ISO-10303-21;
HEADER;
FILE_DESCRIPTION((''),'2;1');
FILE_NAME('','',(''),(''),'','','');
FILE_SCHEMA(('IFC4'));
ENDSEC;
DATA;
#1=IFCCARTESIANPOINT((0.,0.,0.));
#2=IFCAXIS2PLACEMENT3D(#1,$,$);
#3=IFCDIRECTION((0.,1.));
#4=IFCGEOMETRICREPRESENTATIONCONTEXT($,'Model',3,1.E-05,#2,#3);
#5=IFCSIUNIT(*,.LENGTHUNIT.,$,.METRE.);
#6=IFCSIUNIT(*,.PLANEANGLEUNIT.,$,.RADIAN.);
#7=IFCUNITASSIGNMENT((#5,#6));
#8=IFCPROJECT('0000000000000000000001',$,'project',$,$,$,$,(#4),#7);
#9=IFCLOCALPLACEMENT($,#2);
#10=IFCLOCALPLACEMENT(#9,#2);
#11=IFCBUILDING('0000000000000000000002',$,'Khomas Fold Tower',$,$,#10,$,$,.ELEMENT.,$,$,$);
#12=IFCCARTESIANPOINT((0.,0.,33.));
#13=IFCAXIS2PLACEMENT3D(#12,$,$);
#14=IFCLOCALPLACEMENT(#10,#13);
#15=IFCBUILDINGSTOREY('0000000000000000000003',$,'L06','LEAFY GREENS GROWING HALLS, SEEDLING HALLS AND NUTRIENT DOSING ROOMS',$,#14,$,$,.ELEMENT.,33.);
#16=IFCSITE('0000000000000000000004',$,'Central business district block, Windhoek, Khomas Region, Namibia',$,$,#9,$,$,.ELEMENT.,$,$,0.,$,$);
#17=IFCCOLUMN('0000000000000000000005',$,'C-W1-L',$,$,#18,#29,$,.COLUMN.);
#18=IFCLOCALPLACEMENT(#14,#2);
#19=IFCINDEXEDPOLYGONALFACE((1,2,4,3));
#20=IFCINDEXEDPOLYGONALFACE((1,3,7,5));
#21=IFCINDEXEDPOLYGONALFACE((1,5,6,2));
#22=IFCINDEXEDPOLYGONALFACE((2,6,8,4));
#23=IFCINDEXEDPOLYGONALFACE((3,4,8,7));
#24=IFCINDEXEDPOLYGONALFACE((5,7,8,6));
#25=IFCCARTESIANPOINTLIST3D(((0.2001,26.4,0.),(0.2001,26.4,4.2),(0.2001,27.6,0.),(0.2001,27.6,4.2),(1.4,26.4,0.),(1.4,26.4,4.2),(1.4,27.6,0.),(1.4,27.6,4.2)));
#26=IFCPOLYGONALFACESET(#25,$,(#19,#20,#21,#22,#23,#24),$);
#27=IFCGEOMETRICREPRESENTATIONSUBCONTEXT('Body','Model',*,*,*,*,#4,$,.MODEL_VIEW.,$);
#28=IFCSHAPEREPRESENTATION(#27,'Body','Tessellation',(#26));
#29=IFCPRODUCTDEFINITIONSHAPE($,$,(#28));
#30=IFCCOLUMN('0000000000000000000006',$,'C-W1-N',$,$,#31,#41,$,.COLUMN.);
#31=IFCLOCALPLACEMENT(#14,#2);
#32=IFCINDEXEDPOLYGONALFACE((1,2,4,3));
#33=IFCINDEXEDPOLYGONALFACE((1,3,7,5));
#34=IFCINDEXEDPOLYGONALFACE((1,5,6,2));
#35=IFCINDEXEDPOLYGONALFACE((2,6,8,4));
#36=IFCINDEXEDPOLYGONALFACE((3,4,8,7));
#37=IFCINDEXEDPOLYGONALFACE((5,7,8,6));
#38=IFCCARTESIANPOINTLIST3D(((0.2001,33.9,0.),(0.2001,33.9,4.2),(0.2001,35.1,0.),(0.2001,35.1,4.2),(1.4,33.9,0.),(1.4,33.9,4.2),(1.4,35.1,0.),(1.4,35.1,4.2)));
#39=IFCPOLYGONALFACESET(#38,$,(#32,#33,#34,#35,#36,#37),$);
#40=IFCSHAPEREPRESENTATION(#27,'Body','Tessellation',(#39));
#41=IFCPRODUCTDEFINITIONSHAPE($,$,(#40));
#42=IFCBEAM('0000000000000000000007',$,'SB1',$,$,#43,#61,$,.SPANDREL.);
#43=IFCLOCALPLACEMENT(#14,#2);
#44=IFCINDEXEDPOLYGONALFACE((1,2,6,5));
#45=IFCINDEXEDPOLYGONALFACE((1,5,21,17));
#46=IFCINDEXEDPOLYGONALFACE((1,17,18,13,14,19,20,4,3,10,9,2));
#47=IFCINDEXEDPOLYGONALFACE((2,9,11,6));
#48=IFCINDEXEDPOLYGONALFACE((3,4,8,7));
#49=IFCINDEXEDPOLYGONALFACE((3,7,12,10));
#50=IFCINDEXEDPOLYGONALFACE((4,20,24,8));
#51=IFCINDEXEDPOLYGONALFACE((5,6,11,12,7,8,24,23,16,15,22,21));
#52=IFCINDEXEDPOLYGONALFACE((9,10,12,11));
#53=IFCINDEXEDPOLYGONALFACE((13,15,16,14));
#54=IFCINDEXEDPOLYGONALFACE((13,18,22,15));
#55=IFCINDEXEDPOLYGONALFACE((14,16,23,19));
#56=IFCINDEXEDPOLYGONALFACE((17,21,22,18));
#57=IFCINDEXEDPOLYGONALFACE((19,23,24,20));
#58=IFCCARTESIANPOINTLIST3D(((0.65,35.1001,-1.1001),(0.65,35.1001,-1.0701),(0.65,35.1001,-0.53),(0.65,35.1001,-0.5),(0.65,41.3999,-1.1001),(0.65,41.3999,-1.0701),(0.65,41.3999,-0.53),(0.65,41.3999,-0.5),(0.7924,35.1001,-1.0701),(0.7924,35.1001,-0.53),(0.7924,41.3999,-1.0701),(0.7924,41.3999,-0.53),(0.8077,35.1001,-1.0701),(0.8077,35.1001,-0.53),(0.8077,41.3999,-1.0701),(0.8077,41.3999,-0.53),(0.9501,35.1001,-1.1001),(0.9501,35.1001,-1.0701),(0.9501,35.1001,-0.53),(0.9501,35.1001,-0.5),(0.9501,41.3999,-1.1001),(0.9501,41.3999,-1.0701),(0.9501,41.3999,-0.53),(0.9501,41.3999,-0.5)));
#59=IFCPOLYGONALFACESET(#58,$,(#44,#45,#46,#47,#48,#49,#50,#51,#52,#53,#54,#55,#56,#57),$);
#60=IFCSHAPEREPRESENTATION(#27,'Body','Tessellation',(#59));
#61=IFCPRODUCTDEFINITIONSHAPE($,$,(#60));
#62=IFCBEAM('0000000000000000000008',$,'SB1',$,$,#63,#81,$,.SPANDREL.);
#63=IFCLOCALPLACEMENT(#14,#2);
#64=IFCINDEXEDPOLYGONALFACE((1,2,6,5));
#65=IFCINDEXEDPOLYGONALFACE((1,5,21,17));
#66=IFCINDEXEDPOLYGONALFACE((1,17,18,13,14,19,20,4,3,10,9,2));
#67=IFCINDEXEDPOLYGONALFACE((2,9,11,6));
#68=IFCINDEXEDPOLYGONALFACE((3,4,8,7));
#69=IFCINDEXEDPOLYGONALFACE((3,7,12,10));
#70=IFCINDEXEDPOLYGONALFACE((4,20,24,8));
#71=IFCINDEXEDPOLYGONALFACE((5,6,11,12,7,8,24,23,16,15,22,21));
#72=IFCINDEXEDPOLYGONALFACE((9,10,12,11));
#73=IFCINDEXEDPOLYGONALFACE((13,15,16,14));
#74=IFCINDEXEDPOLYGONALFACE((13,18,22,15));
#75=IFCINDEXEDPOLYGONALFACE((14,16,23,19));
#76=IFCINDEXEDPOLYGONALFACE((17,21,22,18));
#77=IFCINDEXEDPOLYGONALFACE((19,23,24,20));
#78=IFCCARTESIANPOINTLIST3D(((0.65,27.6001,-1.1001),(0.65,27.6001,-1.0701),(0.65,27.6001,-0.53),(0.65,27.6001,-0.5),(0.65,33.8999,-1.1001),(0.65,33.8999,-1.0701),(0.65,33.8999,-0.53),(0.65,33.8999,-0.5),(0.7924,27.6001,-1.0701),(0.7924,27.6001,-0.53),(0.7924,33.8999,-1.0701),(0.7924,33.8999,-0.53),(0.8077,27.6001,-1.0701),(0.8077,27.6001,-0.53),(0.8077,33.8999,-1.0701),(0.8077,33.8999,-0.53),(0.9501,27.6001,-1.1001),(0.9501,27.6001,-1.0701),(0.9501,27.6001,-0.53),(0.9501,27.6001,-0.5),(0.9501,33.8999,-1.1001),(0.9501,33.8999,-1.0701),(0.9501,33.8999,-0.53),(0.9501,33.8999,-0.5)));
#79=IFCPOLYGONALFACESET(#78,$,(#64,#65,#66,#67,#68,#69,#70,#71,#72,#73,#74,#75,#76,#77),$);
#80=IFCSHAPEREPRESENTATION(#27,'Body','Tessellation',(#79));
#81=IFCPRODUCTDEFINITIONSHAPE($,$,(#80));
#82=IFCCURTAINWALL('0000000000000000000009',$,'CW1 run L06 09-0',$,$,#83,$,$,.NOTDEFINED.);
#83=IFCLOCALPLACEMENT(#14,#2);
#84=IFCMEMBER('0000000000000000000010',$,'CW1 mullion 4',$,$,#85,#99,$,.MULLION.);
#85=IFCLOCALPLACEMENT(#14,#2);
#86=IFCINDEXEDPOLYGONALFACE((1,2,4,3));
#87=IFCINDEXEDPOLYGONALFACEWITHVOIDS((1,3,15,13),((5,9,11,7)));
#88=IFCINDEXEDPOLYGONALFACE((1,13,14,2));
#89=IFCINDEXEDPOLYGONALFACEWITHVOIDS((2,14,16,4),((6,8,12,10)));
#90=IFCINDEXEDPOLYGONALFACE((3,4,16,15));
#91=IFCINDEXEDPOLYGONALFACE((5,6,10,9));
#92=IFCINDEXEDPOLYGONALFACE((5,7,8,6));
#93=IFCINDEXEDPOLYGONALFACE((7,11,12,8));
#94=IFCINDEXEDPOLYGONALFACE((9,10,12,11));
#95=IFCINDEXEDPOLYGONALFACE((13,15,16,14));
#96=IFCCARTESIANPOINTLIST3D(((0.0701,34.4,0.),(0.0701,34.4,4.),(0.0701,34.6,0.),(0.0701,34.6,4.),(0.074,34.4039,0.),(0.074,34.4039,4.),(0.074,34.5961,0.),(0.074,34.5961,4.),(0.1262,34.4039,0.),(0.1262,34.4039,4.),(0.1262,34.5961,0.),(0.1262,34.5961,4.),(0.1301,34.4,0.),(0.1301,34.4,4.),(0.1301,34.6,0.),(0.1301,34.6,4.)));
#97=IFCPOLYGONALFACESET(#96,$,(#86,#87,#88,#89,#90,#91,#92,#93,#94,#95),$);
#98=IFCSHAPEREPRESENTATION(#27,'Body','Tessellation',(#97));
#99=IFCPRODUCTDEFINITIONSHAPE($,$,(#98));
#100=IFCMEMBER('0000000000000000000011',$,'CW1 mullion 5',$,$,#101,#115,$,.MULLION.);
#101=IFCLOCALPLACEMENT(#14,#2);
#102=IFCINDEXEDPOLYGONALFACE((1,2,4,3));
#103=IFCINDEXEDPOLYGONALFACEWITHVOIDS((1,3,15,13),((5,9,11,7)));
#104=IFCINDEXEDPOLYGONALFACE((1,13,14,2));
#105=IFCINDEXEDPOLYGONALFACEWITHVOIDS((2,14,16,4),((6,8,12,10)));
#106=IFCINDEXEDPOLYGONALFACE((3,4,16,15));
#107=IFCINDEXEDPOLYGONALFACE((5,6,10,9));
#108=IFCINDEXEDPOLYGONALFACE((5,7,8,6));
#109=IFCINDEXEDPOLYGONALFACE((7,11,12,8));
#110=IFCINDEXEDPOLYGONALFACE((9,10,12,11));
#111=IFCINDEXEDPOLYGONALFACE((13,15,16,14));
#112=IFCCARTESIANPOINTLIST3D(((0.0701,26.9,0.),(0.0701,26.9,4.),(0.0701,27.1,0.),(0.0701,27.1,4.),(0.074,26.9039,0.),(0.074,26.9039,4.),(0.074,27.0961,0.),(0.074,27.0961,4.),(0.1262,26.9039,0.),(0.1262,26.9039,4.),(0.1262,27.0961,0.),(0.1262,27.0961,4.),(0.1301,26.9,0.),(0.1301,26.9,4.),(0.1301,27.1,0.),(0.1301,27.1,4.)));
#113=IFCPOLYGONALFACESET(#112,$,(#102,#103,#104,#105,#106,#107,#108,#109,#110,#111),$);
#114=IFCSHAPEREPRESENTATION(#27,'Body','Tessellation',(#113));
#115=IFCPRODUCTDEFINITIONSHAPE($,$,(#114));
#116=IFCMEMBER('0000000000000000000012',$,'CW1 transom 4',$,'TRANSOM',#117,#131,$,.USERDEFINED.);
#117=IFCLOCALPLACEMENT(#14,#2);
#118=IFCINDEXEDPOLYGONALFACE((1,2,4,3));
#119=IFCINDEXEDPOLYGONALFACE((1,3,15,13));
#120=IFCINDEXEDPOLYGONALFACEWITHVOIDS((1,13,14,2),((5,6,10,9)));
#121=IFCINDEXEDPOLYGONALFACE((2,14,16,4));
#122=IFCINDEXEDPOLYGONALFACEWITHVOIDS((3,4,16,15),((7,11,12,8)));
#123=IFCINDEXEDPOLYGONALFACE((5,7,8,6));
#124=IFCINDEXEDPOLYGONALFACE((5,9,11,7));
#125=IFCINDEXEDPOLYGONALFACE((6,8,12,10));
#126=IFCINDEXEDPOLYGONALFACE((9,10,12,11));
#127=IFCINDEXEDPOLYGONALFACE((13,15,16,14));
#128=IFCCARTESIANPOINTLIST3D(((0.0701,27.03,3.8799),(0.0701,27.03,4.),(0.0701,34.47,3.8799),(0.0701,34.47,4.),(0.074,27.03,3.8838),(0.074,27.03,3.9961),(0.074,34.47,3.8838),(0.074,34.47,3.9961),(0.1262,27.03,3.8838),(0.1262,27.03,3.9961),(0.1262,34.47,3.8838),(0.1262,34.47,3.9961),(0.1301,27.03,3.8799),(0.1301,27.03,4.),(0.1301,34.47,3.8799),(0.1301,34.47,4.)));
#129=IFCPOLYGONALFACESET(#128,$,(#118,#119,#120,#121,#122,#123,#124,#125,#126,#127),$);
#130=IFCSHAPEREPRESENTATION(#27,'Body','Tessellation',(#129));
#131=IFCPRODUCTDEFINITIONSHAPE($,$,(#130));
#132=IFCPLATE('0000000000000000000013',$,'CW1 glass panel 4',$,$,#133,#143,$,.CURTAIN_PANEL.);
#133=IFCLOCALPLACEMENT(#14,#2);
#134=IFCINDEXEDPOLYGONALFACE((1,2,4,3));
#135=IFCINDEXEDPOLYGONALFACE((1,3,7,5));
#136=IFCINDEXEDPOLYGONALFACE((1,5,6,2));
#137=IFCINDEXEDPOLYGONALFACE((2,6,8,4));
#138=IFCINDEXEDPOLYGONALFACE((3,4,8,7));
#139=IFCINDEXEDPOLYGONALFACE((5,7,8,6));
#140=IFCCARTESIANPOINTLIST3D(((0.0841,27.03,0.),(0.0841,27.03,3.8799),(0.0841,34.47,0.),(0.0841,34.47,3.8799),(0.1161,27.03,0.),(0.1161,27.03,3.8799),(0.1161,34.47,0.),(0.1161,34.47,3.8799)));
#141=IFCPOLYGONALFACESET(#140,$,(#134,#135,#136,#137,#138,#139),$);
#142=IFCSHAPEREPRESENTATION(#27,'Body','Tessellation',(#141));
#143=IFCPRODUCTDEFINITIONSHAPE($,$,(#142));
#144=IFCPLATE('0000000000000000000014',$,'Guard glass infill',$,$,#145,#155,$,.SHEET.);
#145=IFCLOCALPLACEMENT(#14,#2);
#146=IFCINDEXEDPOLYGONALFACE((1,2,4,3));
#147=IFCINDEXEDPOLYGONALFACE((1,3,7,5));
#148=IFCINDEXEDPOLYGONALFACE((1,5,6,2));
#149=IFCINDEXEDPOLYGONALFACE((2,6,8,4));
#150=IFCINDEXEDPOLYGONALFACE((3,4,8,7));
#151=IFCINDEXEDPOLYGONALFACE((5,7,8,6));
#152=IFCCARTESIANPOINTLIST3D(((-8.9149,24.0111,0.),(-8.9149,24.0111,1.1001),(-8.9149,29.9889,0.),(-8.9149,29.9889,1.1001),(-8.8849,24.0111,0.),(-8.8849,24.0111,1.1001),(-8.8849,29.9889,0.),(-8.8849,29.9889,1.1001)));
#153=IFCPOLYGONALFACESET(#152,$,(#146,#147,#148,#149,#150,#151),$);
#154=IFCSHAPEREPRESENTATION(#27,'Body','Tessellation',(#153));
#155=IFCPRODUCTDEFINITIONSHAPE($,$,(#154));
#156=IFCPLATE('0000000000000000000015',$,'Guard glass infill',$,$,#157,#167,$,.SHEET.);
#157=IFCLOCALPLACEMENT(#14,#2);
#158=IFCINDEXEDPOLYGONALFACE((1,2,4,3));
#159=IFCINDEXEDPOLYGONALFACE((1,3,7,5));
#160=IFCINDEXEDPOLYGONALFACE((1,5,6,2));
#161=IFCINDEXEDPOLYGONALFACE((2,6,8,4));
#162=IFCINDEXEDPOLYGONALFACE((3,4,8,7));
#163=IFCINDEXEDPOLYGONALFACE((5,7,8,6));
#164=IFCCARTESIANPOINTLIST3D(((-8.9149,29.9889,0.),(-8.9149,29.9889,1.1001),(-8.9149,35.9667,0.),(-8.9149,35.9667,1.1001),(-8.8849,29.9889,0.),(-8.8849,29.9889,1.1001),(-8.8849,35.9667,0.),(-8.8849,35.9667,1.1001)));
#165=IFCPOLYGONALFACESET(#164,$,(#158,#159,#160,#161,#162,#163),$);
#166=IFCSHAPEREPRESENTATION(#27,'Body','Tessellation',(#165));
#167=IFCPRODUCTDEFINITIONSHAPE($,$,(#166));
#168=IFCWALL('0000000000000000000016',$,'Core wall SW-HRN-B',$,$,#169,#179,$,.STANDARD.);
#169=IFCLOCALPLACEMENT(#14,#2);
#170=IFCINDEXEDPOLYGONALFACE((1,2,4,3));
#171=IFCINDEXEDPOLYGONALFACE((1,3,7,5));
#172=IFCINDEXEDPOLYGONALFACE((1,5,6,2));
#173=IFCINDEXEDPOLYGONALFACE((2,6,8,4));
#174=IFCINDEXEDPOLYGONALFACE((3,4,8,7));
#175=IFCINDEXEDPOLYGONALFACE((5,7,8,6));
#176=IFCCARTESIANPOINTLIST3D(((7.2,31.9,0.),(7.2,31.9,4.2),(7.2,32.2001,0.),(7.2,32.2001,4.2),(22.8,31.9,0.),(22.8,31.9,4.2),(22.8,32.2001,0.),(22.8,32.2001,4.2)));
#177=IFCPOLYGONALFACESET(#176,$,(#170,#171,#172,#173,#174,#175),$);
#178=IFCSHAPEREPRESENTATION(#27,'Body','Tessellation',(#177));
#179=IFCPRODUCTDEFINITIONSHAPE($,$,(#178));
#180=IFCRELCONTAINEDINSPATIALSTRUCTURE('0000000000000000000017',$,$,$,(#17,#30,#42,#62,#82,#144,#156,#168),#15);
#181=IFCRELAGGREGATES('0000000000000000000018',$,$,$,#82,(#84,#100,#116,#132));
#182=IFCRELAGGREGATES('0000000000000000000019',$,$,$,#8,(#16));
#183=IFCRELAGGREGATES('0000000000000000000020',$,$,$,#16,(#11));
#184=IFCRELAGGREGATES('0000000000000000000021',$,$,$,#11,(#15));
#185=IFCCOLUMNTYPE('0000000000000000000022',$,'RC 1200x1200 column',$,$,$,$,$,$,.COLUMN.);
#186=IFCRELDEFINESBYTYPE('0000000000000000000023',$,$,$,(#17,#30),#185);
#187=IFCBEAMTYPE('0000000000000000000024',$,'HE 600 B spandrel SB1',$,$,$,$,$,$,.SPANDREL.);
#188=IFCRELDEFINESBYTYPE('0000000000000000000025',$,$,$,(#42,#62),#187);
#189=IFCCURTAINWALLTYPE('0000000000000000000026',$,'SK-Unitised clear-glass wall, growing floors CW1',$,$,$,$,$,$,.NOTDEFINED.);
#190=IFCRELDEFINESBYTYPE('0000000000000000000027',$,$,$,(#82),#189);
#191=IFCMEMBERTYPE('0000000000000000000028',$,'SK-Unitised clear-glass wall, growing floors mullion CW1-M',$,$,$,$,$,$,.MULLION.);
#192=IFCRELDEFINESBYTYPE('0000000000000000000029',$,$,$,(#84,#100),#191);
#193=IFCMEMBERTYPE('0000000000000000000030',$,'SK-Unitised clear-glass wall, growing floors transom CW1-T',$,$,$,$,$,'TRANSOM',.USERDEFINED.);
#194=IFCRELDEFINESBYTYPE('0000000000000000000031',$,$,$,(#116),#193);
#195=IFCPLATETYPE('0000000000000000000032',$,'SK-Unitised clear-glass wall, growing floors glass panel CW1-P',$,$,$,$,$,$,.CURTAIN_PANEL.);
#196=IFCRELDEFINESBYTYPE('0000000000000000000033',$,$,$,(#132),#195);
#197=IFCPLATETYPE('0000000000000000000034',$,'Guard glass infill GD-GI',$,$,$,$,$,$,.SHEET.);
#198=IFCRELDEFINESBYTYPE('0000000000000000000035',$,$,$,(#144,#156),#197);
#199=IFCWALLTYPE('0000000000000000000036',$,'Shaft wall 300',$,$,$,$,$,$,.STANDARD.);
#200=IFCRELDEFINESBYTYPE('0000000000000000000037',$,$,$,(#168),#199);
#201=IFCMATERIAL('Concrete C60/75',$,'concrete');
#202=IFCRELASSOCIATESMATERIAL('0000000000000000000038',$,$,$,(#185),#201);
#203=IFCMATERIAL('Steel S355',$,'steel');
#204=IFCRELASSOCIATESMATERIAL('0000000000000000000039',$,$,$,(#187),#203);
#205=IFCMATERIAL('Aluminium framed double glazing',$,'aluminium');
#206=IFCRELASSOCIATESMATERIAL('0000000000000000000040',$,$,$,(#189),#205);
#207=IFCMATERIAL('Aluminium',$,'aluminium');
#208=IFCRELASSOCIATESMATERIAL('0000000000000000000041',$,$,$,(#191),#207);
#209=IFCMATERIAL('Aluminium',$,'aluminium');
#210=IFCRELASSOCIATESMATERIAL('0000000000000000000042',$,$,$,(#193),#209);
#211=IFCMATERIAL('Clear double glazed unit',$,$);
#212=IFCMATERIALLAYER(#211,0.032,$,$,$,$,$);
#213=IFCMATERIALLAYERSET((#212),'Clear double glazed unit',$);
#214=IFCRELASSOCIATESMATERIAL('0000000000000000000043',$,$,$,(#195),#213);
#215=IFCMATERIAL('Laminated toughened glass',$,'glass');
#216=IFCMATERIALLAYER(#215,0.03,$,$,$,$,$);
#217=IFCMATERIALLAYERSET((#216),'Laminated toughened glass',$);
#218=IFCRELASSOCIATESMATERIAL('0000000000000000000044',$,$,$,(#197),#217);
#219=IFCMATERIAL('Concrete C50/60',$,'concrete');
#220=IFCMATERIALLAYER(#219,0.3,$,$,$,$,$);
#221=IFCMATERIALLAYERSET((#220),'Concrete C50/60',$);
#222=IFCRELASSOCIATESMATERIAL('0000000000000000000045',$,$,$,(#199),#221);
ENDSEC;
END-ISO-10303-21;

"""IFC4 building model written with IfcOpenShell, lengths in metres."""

from ifc_helpers import new_model, si_unit, direction, frame, frame_2d, origin, origin_2d, place, context, subcontext, project, spatial, rectangle, hollow_rectangle, i_section, extrude, source, transform, mapped, material, layer, layer_set, material_profile, profile_set, type_object, element, aggregate, save


model = new_model("IFC4")

# Units and contexts
model_context = context("Model", 3, precision=1e-05, world=origin(), true_north=direction((0.0, 1.0)))
body_context = subcontext(model_context, "Body", "Model", "MODEL_VIEW")
ifc_project = project(units=[si_unit("LENGTHUNIT", "METRE"), si_unit("PLANEANGLEUNIT", "RADIAN")], contexts=[model_context])

# Site, building, storey
site_placement = place(None, origin())
site = spatial("IfcSite", under=ifc_project, at=site_placement, Name="Central business district block, Windhoek, Khomas Region, Namibia", CompositionType="ELEMENT", RefElevation=0.0)
building_placement = place(site_placement, origin())
building = spatial("IfcBuilding", under=site, at=building_placement, Name="Khomas Fold Tower", CompositionType="ELEMENT")
storey_placement = place(building_placement, frame((0.0, 0.0, 33.0)))
storey = spatial("IfcBuildingStorey", under=building, at=storey_placement, Name="L06", Description="LEAFY GREENS GROWING HALLS, SEEDLING HALLS AND NUTRIENT DOSING ROOMS", CompositionType="ELEMENT", Elevation=33.0)

# Columns
ifc_material_1 = material(Name="Concrete C60/75", Category="concrete")
ifc_material_profile_1 = material_profile(ifc_material_1, rectangle(XDim=1.2, YDim=1.2, at=origin_2d()), Name="RC 1200x1200")
ifc_profile_set_1 = profile_set([ifc_material_profile_1], Name="Concrete C60/75")
column_type = type_object("IfcColumnType", Name="RC 1200x1200 column", PredefinedType="COLUMN", material=ifc_profile_set_1)
shared_shape_1 = source(origin(), body_context, "Body", "SweptSolid", [
    extrude(rectangle(XDim=1.2, YDim=1.2, at=origin_2d()), origin(), (0.0, 0.0, 1.0), 4.2),
])
for number, where, z_axis, x_axis, name in (
    (1, (0.8, 27.0, 0.0), (0.0, 0.0, 1.0), (1.0, 0.0, 0.0), "C-W1-L"),
    (2, (0.8, 34.5, 0.0), (0.0, 0.0, 1.0), (1.0, 0.0, 0.0), "C-W1-N"),
):
    element("IfcColumn", number, at=place(storey_placement, frame(where, z_axis=z_axis, x_axis=x_axis)), inside=storey, type_object=column_type, Name=name, PredefinedType="COLUMN", context=body_context, shape_type="MappedRepresentation", body=[
        mapped(shared_shape_1, transform((0.0, 0.0, 0.0))),
    ])

# Beams
ifc_material_2 = material(Name="Steel S355", Category="steel")
ifc_material_profile_2 = material_profile(ifc_material_2, i_section(OverallWidth=0.3, OverallDepth=0.6001, WebThickness=0.0154, FlangeThickness=0.03, at=origin_2d()), Name="HE 600 B")
ifc_profile_set_2 = profile_set([ifc_material_profile_2], Name="Steel S355")
beam_type = type_object("IfcBeamType", Name="HE 600 B spandrel SB1", PredefinedType="SPANDREL", material=ifc_profile_set_2)
shared_shape_2 = source(origin(), body_context, "Body", "SweptSolid", [
    extrude(i_section(OverallWidth=0.3, OverallDepth=0.6001, WebThickness=0.0154, FlangeThickness=0.03, at=origin_2d()), origin(), (0.0, 0.0, 1.0), 6.2998),
])
for number, where, z_axis, x_axis, name in (
    (3, (0.8, 35.1001, -0.8), (0.0, 1.0, 0.0), (-1.0, 0.0, 0.0), "SB1"),
    (4, (0.8, 27.6001, -0.8), (0.0, 1.0, 0.0), (-1.0, 0.0, 0.0), "SB1"),
):
    element("IfcBeam", number, at=place(storey_placement, frame(where, z_axis=z_axis, x_axis=x_axis)), inside=storey, type_object=beam_type, Name=name, PredefinedType="SPANDREL", context=body_context, shape_type="MappedRepresentation", body=[
        mapped(shared_shape_2, transform((0.0, 0.0, 0.0))),
    ])

# Curtain wall, members, plate
ifc_material_3 = material(Name="Aluminium framed double glazing", Category="aluminium")
curtain_wall_type = type_object("IfcCurtainWallType", Name="SK-Unitised clear-glass wall, growing floors CW1", PredefinedType="NOTDEFINED", material=ifc_material_3)
curtain_wall_placement = place(storey_placement, origin())
curtain_wall = element("IfcCurtainWall", 5, at=curtain_wall_placement, inside=storey, type_object=curtain_wall_type, Name="CW1 run L06 09-0", PredefinedType="NOTDEFINED")
ifc_material_4 = material(Name="Aluminium", Category="aluminium")
ifc_material_profile_3 = material_profile(ifc_material_4, hollow_rectangle(XDim=0.0601, YDim=0.2, WallThickness=0.0039, at=origin_2d()), Name="SK-Unitised clear-glass wall, growing floors mullion CW1-M")
ifc_profile_set_3 = profile_set([ifc_material_profile_3], Name="Aluminium")
member_type_1 = type_object("IfcMemberType", Name="SK-Unitised clear-glass wall, growing floors mullion CW1-M", PredefinedType="MULLION", material=ifc_profile_set_3)
shared_shape_3 = source(origin(), body_context, "Body", "SweptSolid", [
    extrude(hollow_rectangle(XDim=0.0601, YDim=0.2, WallThickness=0.0039, at=origin_2d()), origin(), (0.0, 0.0, 1.0), 4.0),
])
member_1_placement = place(storey_placement, frame((0.1001, 34.5, 0.0), z_axis=(0.0, 0.0, 1.0), x_axis=(1.0, 0.0, 0.0)))
member_1 = element("IfcMember", 6, at=member_1_placement, type_object=member_type_1, Name="CW1 mullion 4", PredefinedType="MULLION", context=body_context, shape_type="MappedRepresentation", body=[
    mapped(shared_shape_3, transform((0.0, 0.0, 0.0))),
])
member_2_placement = place(storey_placement, frame((0.1001, 27.0, 0.0), z_axis=(0.0, 0.0, 1.0), x_axis=(1.0, 0.0, 0.0)))
member_2 = element("IfcMember", 7, at=member_2_placement, type_object=member_type_1, Name="CW1 mullion 5", PredefinedType="MULLION", context=body_context, shape_type="MappedRepresentation", body=[
    mapped(shared_shape_3, transform((0.0, 0.0, 0.0))),
])
ifc_material_5 = material(Name="Aluminium", Category="aluminium")
ifc_material_profile_4 = material_profile(ifc_material_5, hollow_rectangle(XDim=0.0601, YDim=0.1201, WallThickness=0.0039, at=origin_2d()), Name="SK-Unitised clear-glass wall, growing floors transom CW1-T")
ifc_profile_set_4 = profile_set([ifc_material_profile_4], Name="Aluminium")
member_type_2 = type_object("IfcMemberType", Name="SK-Unitised clear-glass wall, growing floors transom CW1-T", ElementType="TRANSOM", PredefinedType="USERDEFINED", material=ifc_profile_set_4)
shared_shape_4 = source(origin(), body_context, "Body", "SweptSolid", [
    extrude(hollow_rectangle(XDim=0.0601, YDim=0.1201, WallThickness=0.0039, at=origin_2d()), origin(), (0.0, 0.0, 1.0), 7.4399),
])
member_3_placement = place(storey_placement, frame((0.1001, 34.47, 3.9399), z_axis=(0.0, -1.0, 0.0), x_axis=(1.0, 0.0, 0.0)))
member_3 = element("IfcMember", 8, at=member_3_placement, type_object=member_type_2, Name="CW1 transom 4", ObjectType="TRANSOM", PredefinedType="USERDEFINED", context=body_context, shape_type="MappedRepresentation", body=[
    mapped(shared_shape_4, transform((0.0, 0.0, 0.0))),
])
ifc_material_6 = material(Name="Clear double glazed unit")
ifc_layer_1 = layer(ifc_material_6, 0.032)
ifc_layer_set_1 = layer_set([ifc_layer_1], Name="Clear double glazed unit")
plate_type_1 = type_object("IfcPlateType", Name="SK-Unitised clear-glass wall, growing floors glass panel CW1-P", PredefinedType="CURTAIN_PANEL", material=ifc_layer_set_1)
shared_shape_5 = source(origin(), body_context, "Body", "SweptSolid", [
    extrude(rectangle(XDim=7.4399, YDim=0.032, at=origin_2d()), origin(), (0.0, 0.0, 1.0), 3.8799),
])
plate_placement = place(storey_placement, frame((0.1001, 30.75, 0.0), z_axis=(0.0, 0.0, 1.0), x_axis=(0.0, -1.0, 0.0)))
plate = element("IfcPlate", 9, at=plate_placement, type_object=plate_type_1, Name="CW1 glass panel 4", PredefinedType="CURTAIN_PANEL", context=body_context, shape_type="MappedRepresentation", body=[
    mapped(shared_shape_5, transform((0.0, 0.0, 0.0))),
])
aggregate(curtain_wall, [member_1, member_2, member_3, plate])

# Plates
ifc_material_7 = material(Name="Laminated toughened glass", Category="glass")
ifc_layer_2 = layer(ifc_material_7, 0.03)
ifc_layer_set_2 = layer_set([ifc_layer_2], Name="Laminated toughened glass")
plate_type_2 = type_object("IfcPlateType", Name="Guard glass infill GD-GI", PredefinedType="SHEET", material=ifc_layer_set_2)
shared_shape_6 = source(origin(), body_context, "Body", "SweptSolid", [
    extrude(rectangle(XDim=5.9778, YDim=0.03, at=origin_2d()), origin(), (0.0, 0.0, 1.0), 1.1001),
])
for number, where, z_axis, x_axis, name in (
    (10, (-8.8999, 27.0, 0.0), (0.0, 0.0, 1.0), (0.0, 1.0, 0.0), "Guard glass infill"),
    (11, (-8.8999, 32.9778, 0.0), (0.0, 0.0, 1.0), (0.0, 1.0, 0.0), "Guard glass infill"),
):
    element("IfcPlate", number, at=place(storey_placement, frame(where, z_axis=z_axis, x_axis=x_axis)), inside=storey, type_object=plate_type_2, Name=name, PredefinedType="SHEET", context=body_context, shape_type="MappedRepresentation", body=[
        mapped(shared_shape_6, transform((0.0, 0.0, 0.0))),
    ])

# Wall
ifc_material_8 = material(Name="Concrete C50/60", Category="concrete")
ifc_layer_3 = layer(ifc_material_8, 0.3)
ifc_layer_set_3 = layer_set([ifc_layer_3], Name="Concrete C50/60")
wall_type_1 = type_object("IfcWallType", Name="Shaft wall 300", PredefinedType="STANDARD", material=ifc_layer_set_3)
shared_shape_7 = source(origin(), body_context, "Body", "SweptSolid", [
    extrude(rectangle(XDim=15.6001, YDim=0.3, at=frame_2d((7.8, 0.0))), origin(), (0.0, 0.0, 1.0), 4.2),
])
wall_1_placement = place(storey_placement, frame((7.2, 32.05, 0.0), z_axis=(0.0, 0.0, 1.0), x_axis=(1.0, 0.0, 0.0)))
element("IfcWall", 12, at=wall_1_placement, inside=storey, type_object=wall_type_1, Name="Core wall SW-HRN-B", PredefinedType="STANDARD", context=body_context, shape_type="MappedRepresentation", body=[
    mapped(shared_shape_7, transform((0.0, 0.0, 0.0))),
])

save(model, "model.ifc")
